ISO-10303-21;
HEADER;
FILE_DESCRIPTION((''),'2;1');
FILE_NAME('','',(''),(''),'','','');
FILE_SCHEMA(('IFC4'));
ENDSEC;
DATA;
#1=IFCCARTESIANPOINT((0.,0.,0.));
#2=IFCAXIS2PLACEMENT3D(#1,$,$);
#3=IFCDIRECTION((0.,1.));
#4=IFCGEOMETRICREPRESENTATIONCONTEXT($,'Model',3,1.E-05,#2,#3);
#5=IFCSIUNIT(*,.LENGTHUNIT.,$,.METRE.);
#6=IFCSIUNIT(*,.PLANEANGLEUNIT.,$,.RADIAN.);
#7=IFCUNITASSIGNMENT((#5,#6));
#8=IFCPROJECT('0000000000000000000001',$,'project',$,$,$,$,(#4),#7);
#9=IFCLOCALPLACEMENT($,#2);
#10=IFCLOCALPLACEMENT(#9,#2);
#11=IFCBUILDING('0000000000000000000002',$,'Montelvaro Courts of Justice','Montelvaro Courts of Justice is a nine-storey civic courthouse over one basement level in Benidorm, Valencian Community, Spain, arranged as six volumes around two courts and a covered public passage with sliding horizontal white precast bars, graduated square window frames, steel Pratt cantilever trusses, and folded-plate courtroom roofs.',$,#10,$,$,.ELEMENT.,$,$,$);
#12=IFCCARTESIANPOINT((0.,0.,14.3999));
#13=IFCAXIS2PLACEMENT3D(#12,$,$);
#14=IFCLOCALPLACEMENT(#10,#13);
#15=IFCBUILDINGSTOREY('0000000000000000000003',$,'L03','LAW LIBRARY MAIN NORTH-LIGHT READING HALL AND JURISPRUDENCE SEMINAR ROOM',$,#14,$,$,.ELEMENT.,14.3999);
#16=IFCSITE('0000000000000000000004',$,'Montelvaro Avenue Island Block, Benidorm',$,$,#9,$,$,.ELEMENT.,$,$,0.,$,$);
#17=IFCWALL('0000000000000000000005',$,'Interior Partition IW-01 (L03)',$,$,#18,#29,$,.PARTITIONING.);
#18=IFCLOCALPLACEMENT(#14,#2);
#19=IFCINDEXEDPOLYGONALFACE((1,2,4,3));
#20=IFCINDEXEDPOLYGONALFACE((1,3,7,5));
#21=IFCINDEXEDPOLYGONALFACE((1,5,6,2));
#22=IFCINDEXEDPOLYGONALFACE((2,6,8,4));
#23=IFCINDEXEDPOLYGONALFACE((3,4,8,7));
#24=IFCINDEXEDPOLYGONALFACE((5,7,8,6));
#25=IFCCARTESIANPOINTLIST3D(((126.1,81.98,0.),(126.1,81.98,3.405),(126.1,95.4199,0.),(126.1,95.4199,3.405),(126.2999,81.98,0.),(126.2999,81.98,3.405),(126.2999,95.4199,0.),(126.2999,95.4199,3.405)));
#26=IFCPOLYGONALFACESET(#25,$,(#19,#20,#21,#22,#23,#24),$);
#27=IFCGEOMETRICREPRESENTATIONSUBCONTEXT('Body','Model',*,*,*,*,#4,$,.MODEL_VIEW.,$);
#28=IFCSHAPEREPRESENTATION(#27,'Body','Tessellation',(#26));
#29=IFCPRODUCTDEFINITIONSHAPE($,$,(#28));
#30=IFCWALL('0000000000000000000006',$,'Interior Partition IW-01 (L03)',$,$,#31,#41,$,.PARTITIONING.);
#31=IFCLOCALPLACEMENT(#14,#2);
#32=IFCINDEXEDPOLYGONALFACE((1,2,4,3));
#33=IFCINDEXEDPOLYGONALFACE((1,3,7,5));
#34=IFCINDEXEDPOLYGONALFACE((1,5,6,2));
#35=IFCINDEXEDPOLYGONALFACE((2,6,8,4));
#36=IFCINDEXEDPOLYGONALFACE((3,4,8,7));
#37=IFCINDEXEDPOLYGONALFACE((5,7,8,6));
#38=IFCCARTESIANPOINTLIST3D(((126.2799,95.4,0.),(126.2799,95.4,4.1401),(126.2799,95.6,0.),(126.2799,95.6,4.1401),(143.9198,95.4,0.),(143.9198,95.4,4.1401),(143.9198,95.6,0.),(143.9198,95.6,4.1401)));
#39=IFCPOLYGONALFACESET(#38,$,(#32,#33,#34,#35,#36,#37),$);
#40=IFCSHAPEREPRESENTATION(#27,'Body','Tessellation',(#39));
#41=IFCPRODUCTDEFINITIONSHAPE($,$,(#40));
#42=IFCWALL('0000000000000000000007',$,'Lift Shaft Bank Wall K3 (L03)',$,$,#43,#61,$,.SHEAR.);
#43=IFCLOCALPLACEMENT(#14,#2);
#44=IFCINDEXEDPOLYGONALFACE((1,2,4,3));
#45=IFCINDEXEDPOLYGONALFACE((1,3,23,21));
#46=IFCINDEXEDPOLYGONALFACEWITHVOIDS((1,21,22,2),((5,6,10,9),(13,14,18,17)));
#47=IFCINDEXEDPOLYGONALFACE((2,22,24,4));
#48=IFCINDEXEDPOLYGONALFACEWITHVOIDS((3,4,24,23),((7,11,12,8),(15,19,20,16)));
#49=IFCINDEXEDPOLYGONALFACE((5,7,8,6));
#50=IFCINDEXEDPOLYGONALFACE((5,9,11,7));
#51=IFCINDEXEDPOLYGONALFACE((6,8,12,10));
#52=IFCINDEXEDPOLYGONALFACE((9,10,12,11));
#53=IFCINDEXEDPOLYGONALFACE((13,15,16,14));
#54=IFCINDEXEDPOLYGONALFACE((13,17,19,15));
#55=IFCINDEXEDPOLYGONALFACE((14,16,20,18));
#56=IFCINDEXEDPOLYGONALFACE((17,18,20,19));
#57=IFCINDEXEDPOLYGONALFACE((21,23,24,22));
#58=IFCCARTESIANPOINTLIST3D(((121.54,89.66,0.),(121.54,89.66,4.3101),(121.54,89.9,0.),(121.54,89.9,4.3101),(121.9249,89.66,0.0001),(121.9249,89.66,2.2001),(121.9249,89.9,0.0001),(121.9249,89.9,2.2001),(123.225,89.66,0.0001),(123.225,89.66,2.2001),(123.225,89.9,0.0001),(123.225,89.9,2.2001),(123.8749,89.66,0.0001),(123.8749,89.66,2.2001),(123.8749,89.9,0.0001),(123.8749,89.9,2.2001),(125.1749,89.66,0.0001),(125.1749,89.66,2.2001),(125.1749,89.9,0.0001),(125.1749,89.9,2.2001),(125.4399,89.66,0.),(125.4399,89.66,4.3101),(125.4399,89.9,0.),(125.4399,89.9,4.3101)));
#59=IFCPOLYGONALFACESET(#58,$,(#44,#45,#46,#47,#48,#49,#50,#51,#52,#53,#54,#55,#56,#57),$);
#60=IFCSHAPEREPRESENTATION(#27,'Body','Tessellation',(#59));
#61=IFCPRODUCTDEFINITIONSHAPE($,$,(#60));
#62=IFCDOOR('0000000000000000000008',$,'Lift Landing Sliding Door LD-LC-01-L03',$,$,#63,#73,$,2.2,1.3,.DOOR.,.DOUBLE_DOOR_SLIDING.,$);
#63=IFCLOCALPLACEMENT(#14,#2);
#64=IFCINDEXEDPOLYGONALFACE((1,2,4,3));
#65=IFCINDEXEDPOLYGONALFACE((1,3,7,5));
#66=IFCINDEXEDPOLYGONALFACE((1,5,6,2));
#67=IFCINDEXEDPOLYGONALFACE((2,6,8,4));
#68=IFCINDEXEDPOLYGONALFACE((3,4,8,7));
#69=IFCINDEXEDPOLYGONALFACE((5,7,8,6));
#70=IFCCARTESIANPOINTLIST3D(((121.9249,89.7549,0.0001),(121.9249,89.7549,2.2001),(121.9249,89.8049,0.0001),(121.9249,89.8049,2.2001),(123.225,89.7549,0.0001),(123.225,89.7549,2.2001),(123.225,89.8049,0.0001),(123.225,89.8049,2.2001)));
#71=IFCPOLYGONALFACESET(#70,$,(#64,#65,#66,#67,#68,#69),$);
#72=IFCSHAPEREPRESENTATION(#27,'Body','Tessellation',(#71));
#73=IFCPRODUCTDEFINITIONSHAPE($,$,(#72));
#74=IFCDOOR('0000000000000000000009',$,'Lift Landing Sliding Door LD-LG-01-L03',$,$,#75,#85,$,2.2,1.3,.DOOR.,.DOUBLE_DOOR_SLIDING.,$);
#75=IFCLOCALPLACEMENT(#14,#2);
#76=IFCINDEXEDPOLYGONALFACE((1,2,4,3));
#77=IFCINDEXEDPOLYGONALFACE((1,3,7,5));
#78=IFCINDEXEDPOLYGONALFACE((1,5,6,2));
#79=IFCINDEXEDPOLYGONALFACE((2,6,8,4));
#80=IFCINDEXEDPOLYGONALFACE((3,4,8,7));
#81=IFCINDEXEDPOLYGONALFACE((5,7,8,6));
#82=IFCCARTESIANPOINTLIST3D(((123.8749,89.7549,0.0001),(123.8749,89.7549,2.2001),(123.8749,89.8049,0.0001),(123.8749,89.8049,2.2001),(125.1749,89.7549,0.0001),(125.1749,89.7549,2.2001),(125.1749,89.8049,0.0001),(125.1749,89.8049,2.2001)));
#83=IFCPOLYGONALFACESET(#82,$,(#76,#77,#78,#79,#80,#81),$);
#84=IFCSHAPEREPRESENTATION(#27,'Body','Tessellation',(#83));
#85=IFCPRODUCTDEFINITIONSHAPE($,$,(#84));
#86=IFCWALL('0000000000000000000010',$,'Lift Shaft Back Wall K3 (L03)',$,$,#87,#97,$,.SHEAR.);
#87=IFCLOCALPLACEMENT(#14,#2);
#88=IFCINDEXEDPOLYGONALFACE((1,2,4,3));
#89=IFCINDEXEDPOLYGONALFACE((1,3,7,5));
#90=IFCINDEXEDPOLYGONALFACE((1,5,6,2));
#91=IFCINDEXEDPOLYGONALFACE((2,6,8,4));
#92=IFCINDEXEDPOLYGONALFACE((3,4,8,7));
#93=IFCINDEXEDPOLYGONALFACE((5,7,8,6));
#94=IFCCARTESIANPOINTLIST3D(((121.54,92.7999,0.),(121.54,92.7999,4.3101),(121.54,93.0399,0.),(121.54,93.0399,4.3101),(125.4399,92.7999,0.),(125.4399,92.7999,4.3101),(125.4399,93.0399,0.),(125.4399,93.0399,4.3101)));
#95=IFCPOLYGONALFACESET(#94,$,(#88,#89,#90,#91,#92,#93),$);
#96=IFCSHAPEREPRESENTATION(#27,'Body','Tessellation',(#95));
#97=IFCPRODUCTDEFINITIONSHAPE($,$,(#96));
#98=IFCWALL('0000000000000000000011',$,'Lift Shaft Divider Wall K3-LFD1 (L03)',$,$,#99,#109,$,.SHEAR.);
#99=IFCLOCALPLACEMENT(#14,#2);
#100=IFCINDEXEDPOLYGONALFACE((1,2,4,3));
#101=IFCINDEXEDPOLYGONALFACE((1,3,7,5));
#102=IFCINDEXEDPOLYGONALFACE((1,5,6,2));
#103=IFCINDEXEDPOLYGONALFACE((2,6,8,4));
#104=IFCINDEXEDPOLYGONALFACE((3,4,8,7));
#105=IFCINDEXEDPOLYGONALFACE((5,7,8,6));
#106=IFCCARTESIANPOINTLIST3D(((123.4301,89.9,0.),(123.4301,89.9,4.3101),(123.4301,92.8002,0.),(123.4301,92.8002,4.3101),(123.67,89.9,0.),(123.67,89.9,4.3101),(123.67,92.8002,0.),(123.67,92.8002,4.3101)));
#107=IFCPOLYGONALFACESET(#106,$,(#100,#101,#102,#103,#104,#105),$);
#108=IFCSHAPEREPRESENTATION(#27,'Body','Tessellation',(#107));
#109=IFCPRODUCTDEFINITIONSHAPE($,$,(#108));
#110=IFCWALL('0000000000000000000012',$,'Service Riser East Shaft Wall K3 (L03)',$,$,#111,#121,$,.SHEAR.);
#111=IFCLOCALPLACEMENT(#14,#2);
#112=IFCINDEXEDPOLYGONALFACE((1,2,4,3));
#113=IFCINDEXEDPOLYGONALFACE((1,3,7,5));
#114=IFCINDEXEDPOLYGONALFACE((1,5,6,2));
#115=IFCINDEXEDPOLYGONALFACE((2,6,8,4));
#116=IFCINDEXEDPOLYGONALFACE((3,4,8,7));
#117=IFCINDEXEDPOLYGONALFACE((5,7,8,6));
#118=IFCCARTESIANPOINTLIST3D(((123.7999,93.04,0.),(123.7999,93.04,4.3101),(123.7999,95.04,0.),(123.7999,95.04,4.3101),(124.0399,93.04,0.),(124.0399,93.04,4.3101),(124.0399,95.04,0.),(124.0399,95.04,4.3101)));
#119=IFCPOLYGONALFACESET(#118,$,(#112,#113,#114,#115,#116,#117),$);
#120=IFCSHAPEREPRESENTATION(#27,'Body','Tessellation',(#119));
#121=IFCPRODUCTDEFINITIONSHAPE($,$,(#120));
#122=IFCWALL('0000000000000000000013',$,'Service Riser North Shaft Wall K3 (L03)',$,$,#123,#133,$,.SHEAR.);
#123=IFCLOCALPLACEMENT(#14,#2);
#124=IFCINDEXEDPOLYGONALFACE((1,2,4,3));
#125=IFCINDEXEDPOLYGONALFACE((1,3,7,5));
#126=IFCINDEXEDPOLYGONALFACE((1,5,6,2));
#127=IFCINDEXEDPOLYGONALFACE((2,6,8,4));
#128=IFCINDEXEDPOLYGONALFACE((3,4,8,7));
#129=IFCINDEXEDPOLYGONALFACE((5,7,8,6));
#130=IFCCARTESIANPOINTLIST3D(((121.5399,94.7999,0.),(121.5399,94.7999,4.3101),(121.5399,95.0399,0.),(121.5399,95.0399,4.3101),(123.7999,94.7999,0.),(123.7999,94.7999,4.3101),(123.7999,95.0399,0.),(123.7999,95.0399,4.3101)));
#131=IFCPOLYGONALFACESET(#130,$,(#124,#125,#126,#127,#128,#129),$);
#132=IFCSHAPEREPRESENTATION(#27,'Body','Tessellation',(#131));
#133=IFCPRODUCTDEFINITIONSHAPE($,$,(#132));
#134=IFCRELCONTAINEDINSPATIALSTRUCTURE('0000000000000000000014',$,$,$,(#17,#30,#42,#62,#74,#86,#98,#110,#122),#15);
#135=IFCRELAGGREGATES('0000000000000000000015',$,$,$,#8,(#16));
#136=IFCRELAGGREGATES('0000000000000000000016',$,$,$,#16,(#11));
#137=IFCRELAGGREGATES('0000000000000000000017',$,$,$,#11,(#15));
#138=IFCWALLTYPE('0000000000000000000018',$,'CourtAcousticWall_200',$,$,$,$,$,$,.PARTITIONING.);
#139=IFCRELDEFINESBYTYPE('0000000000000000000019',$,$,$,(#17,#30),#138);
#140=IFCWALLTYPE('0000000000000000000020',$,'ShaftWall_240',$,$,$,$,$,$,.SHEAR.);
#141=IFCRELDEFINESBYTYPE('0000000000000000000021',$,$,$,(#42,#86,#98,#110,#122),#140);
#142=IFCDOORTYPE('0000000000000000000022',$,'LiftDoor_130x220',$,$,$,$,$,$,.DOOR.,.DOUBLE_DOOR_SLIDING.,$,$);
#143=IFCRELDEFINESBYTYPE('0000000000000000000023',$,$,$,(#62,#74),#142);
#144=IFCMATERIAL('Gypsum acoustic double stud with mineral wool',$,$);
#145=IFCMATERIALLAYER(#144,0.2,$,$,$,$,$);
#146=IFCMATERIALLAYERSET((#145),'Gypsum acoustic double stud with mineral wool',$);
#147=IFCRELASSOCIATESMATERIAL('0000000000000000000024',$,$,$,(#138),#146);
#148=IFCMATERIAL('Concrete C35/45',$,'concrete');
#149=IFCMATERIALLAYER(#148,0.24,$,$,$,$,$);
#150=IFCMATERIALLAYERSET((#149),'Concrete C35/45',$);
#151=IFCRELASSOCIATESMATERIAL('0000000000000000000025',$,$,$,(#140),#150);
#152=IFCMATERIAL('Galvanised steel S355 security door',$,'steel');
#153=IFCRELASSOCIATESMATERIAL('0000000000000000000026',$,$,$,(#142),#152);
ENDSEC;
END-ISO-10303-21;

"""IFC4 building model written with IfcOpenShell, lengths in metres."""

from ifc_helpers import new_model, si_unit, direction, frame, frame_2d, origin, place, context, subcontext, project, spatial, rectangle, extrude, material, layer, layer_set, type_object, element, fill, save


model = new_model("IFC4")

# Units and contexts
model_context = context("Model", 3, precision=1e-05, world=origin(), true_north=direction((0.0, 1.0)))
body_context = subcontext(model_context, "Body", "Model", "MODEL_VIEW")
ifc_project = project(units=[si_unit("LENGTHUNIT", "METRE"), si_unit("PLANEANGLEUNIT", "RADIAN")], contexts=[model_context])

# Site, building, storey
site_placement = place(None, origin())
site = spatial("IfcSite", under=ifc_project, at=site_placement, Name="Montelvaro Avenue Island Block, Benidorm", CompositionType="ELEMENT", RefElevation=0.0)
building_placement = place(site_placement, origin())
building = spatial("IfcBuilding", under=site, at=building_placement, Name="Montelvaro Courts of Justice", Description="Montelvaro Courts of Justice is a nine-storey civic courthouse over one basement level in Benidorm, Valencian Community, Spain, arranged as six volumes around two courts and a covered public passage with sliding horizontal white precast bars, graduated square window frames, steel Pratt cantilever trusses, and folded-plate courtroom roofs.", CompositionType="ELEMENT")
storey_placement = place(building_placement, frame((0.0, 0.0, 14.3999)))
storey = spatial("IfcBuildingStorey", under=building, at=storey_placement, Name="L03", Description="LAW LIBRARY MAIN NORTH-LIGHT READING HALL AND JURISPRUDENCE SEMINAR ROOM", CompositionType="ELEMENT", Elevation=14.3999)

# Shared definitions
ifc_material_1 = material(Name="Galvanised steel S355 security door", Category="steel")

# Walls
ifc_material_2 = material(Name="Gypsum acoustic double stud with mineral wool")
ifc_layer_1 = layer(ifc_material_2, 0.2)
ifc_layer_set_1 = layer_set([ifc_layer_1], Name="Gypsum acoustic double stud with mineral wool")
wall_type_1 = type_object("IfcWallType", Name="CourtAcousticWall_200", PredefinedType="PARTITIONING", material=ifc_layer_set_1)
wall_1_placement = place(storey_placement, frame((126.2, 81.98, 0.0), z_axis=(0.0, 0.0, 1.0), x_axis=(0.0, 1.0, 0.0)))
element("IfcWall", 1, at=wall_1_placement, inside=storey, type_object=wall_type_1, Name="Interior Partition IW-01 (L03)", PredefinedType="PARTITIONING", context=body_context, shape_type="SweptSolid", body=[
    extrude(rectangle(XDim=13.4399, YDim=0.2, at=frame_2d((6.72, 0.0))), origin(), (0.0, 0.0, 1.0), 3.405),
])
wall_2_placement = place(storey_placement, frame((126.28, 95.5, 0.0), z_axis=(0.0, 0.0, 1.0), x_axis=(1.0, 0.0, 0.0)))
element("IfcWall", 2, at=wall_2_placement, inside=storey, type_object=wall_type_1, Name="Interior Partition IW-01 (L03)", PredefinedType="PARTITIONING", context=body_context, shape_type="SweptSolid", body=[
    extrude(rectangle(XDim=17.6399, YDim=0.2, at=frame_2d((8.8198, 0.0))), origin(), (0.0, 0.0, 1.0), 4.1401),
])

# Wall, openings, doors
ifc_material_3 = material(Name="Concrete C35/45", Category="concrete")
ifc_layer_2 = layer(ifc_material_3, 0.24)
ifc_layer_set_2 = layer_set([ifc_layer_2], Name="Concrete C35/45")
wall_type_2 = type_object("IfcWallType", Name="ShaftWall_240", PredefinedType="SHEAR", material=ifc_layer_set_2)
wall_3_placement = place(storey_placement, frame((121.54, 89.78, 0.0), z_axis=(0.0, 0.0, 1.0), x_axis=(1.0, 0.0, 0.0)))
wall_3 = element("IfcWall", 3, at=wall_3_placement, inside=storey, type_object=wall_type_2, Name="Lift Shaft Bank Wall K3 (L03)", PredefinedType="SHEAR", context=body_context, shape_type="SweptSolid", body=[
    extrude(rectangle(XDim=3.8999, YDim=0.24, at=frame_2d((1.95, 0.0))), origin(), (0.0, 0.0, 1.0), 4.3101),
])
opening_1_placement = place(wall_3_placement, frame((0.385, 0.0, 0.0)))
opening_1 = element("IfcOpeningElement", 4, at=opening_1_placement, cuts=wall_3, PredefinedType="OPENING", context=body_context, shape_type="SweptSolid", body=[
    extrude(rectangle(XDim=1.3, YDim=2.2, at=frame_2d((0.6499, 1.1001))), frame((0.0, 0.1348, 0.0), z_axis=(0.0, -1.0, 0.0), x_axis=(1.0, 0.0, 0.0)), (0.0, 0.0, 1.0), 0.2698),
])
opening_2_placement = place(wall_3_placement, frame((2.335, 0.0, 0.0)))
opening_2 = element("IfcOpeningElement", 5, at=opening_2_placement, cuts=wall_3, PredefinedType="OPENING", context=body_context, shape_type="SweptSolid", body=[
    extrude(rectangle(XDim=1.3, YDim=2.2, at=frame_2d((0.6499, 1.1001))), frame((0.0, 0.1348, 0.0), z_axis=(0.0, -1.0, 0.0), x_axis=(1.0, 0.0, 0.0)), (0.0, 0.0, 1.0), 0.2698),
])
door_type_1 = type_object("IfcDoorType", Name="LiftDoor_130x220", OperationType="DOUBLE_DOOR_SLIDING", PredefinedType="DOOR", material=ifc_material_1)
door_1_placement = place(opening_1_placement, origin())
door_1 = element("IfcDoor", 6, at=door_1_placement, inside=storey, type_object=door_type_1, Name="Lift Landing Sliding Door LD-LC-01-L03", OperationType="DOUBLE_DOOR_SLIDING", OverallHeight=2.2, OverallWidth=1.3, PredefinedType="DOOR", context=body_context, shape_type="SweptSolid", body=[
    extrude(rectangle(XDim=1.3, YDim=2.2, at=frame_2d((0.6499, 1.1001))), frame((0.0, 0.0249, 0.0), z_axis=(0.0, -1.0, 0.0), x_axis=(1.0, 0.0, 0.0)), (0.0, 0.0, 1.0), 0.05),
])
fill(opening_1, door_1)
door_2_placement = place(opening_2_placement, origin())
door_2 = element("IfcDoor", 7, at=door_2_placement, inside=storey, type_object=door_type_1, Name="Lift Landing Sliding Door LD-LG-01-L03", OperationType="DOUBLE_DOOR_SLIDING", OverallHeight=2.2, OverallWidth=1.3, PredefinedType="DOOR", context=body_context, shape_type="SweptSolid", body=[
    extrude(rectangle(XDim=1.3, YDim=2.2, at=frame_2d((0.6499, 1.1001))), frame((0.0, 0.0249, 0.0), z_axis=(0.0, -1.0, 0.0), x_axis=(1.0, 0.0, 0.0)), (0.0, 0.0, 1.0), 0.05),
])
fill(opening_2, door_2)

# Walls
wall_4_placement = place(storey_placement, frame((121.54, 92.9199, 0.0), z_axis=(0.0, 0.0, 1.0), x_axis=(1.0, 0.0, 0.0)))
element("IfcWall", 8, at=wall_4_placement, inside=storey, type_object=wall_type_2, Name="Lift Shaft Back Wall K3 (L03)", PredefinedType="SHEAR", context=body_context, shape_type="SweptSolid", body=[
    extrude(rectangle(XDim=3.8999, YDim=0.24, at=frame_2d((1.95, 0.0))), origin(), (0.0, 0.0, 1.0), 4.3101),
])
wall_5_placement = place(storey_placement, frame((123.55, 89.8999, 0.0), z_axis=(0.0, 0.0, 1.0), x_axis=(0.0, 1.0, 0.0)))
element("IfcWall", 9, at=wall_5_placement, inside=storey, type_object=wall_type_2, Name="Lift Shaft Divider Wall K3-LFD1 (L03)", PredefinedType="SHEAR", context=body_context, shape_type="SweptSolid", body=[
    extrude(rectangle(XDim=2.9001, YDim=0.24, at=frame_2d((1.4502, 0.0))), origin(), (0.0, 0.0, 1.0), 4.3101),
])
wall_6_placement = place(storey_placement, frame((123.9199, 93.04, 0.0), z_axis=(0.0, 0.0, 1.0), x_axis=(0.0, 1.0, 0.0)))
element("IfcWall", 10, at=wall_6_placement, inside=storey, type_object=wall_type_2, Name="Service Riser East Shaft Wall K3 (L03)", PredefinedType="SHEAR", context=body_context, shape_type="SweptSolid", body=[
    extrude(rectangle(XDim=2.0, YDim=0.24, at=frame_2d((1.0, 0.0))), origin(), (0.0, 0.0, 1.0), 4.3101),
])
wall_7_placement = place(storey_placement, frame((121.54, 94.9199, 0.0), z_axis=(0.0, 0.0, 1.0), x_axis=(1.0, 0.0, 0.0)))
element("IfcWall", 11, at=wall_7_placement, inside=storey, type_object=wall_type_2, Name="Service Riser North Shaft Wall K3 (L03)", PredefinedType="SHEAR", context=body_context, shape_type="SweptSolid", body=[
    extrude(rectangle(XDim=2.26, YDim=0.24, at=frame_2d((1.1299, 0.0))), origin(), (0.0, 0.0, 1.0), 4.3101),
])

save(model, "model.ifc")
